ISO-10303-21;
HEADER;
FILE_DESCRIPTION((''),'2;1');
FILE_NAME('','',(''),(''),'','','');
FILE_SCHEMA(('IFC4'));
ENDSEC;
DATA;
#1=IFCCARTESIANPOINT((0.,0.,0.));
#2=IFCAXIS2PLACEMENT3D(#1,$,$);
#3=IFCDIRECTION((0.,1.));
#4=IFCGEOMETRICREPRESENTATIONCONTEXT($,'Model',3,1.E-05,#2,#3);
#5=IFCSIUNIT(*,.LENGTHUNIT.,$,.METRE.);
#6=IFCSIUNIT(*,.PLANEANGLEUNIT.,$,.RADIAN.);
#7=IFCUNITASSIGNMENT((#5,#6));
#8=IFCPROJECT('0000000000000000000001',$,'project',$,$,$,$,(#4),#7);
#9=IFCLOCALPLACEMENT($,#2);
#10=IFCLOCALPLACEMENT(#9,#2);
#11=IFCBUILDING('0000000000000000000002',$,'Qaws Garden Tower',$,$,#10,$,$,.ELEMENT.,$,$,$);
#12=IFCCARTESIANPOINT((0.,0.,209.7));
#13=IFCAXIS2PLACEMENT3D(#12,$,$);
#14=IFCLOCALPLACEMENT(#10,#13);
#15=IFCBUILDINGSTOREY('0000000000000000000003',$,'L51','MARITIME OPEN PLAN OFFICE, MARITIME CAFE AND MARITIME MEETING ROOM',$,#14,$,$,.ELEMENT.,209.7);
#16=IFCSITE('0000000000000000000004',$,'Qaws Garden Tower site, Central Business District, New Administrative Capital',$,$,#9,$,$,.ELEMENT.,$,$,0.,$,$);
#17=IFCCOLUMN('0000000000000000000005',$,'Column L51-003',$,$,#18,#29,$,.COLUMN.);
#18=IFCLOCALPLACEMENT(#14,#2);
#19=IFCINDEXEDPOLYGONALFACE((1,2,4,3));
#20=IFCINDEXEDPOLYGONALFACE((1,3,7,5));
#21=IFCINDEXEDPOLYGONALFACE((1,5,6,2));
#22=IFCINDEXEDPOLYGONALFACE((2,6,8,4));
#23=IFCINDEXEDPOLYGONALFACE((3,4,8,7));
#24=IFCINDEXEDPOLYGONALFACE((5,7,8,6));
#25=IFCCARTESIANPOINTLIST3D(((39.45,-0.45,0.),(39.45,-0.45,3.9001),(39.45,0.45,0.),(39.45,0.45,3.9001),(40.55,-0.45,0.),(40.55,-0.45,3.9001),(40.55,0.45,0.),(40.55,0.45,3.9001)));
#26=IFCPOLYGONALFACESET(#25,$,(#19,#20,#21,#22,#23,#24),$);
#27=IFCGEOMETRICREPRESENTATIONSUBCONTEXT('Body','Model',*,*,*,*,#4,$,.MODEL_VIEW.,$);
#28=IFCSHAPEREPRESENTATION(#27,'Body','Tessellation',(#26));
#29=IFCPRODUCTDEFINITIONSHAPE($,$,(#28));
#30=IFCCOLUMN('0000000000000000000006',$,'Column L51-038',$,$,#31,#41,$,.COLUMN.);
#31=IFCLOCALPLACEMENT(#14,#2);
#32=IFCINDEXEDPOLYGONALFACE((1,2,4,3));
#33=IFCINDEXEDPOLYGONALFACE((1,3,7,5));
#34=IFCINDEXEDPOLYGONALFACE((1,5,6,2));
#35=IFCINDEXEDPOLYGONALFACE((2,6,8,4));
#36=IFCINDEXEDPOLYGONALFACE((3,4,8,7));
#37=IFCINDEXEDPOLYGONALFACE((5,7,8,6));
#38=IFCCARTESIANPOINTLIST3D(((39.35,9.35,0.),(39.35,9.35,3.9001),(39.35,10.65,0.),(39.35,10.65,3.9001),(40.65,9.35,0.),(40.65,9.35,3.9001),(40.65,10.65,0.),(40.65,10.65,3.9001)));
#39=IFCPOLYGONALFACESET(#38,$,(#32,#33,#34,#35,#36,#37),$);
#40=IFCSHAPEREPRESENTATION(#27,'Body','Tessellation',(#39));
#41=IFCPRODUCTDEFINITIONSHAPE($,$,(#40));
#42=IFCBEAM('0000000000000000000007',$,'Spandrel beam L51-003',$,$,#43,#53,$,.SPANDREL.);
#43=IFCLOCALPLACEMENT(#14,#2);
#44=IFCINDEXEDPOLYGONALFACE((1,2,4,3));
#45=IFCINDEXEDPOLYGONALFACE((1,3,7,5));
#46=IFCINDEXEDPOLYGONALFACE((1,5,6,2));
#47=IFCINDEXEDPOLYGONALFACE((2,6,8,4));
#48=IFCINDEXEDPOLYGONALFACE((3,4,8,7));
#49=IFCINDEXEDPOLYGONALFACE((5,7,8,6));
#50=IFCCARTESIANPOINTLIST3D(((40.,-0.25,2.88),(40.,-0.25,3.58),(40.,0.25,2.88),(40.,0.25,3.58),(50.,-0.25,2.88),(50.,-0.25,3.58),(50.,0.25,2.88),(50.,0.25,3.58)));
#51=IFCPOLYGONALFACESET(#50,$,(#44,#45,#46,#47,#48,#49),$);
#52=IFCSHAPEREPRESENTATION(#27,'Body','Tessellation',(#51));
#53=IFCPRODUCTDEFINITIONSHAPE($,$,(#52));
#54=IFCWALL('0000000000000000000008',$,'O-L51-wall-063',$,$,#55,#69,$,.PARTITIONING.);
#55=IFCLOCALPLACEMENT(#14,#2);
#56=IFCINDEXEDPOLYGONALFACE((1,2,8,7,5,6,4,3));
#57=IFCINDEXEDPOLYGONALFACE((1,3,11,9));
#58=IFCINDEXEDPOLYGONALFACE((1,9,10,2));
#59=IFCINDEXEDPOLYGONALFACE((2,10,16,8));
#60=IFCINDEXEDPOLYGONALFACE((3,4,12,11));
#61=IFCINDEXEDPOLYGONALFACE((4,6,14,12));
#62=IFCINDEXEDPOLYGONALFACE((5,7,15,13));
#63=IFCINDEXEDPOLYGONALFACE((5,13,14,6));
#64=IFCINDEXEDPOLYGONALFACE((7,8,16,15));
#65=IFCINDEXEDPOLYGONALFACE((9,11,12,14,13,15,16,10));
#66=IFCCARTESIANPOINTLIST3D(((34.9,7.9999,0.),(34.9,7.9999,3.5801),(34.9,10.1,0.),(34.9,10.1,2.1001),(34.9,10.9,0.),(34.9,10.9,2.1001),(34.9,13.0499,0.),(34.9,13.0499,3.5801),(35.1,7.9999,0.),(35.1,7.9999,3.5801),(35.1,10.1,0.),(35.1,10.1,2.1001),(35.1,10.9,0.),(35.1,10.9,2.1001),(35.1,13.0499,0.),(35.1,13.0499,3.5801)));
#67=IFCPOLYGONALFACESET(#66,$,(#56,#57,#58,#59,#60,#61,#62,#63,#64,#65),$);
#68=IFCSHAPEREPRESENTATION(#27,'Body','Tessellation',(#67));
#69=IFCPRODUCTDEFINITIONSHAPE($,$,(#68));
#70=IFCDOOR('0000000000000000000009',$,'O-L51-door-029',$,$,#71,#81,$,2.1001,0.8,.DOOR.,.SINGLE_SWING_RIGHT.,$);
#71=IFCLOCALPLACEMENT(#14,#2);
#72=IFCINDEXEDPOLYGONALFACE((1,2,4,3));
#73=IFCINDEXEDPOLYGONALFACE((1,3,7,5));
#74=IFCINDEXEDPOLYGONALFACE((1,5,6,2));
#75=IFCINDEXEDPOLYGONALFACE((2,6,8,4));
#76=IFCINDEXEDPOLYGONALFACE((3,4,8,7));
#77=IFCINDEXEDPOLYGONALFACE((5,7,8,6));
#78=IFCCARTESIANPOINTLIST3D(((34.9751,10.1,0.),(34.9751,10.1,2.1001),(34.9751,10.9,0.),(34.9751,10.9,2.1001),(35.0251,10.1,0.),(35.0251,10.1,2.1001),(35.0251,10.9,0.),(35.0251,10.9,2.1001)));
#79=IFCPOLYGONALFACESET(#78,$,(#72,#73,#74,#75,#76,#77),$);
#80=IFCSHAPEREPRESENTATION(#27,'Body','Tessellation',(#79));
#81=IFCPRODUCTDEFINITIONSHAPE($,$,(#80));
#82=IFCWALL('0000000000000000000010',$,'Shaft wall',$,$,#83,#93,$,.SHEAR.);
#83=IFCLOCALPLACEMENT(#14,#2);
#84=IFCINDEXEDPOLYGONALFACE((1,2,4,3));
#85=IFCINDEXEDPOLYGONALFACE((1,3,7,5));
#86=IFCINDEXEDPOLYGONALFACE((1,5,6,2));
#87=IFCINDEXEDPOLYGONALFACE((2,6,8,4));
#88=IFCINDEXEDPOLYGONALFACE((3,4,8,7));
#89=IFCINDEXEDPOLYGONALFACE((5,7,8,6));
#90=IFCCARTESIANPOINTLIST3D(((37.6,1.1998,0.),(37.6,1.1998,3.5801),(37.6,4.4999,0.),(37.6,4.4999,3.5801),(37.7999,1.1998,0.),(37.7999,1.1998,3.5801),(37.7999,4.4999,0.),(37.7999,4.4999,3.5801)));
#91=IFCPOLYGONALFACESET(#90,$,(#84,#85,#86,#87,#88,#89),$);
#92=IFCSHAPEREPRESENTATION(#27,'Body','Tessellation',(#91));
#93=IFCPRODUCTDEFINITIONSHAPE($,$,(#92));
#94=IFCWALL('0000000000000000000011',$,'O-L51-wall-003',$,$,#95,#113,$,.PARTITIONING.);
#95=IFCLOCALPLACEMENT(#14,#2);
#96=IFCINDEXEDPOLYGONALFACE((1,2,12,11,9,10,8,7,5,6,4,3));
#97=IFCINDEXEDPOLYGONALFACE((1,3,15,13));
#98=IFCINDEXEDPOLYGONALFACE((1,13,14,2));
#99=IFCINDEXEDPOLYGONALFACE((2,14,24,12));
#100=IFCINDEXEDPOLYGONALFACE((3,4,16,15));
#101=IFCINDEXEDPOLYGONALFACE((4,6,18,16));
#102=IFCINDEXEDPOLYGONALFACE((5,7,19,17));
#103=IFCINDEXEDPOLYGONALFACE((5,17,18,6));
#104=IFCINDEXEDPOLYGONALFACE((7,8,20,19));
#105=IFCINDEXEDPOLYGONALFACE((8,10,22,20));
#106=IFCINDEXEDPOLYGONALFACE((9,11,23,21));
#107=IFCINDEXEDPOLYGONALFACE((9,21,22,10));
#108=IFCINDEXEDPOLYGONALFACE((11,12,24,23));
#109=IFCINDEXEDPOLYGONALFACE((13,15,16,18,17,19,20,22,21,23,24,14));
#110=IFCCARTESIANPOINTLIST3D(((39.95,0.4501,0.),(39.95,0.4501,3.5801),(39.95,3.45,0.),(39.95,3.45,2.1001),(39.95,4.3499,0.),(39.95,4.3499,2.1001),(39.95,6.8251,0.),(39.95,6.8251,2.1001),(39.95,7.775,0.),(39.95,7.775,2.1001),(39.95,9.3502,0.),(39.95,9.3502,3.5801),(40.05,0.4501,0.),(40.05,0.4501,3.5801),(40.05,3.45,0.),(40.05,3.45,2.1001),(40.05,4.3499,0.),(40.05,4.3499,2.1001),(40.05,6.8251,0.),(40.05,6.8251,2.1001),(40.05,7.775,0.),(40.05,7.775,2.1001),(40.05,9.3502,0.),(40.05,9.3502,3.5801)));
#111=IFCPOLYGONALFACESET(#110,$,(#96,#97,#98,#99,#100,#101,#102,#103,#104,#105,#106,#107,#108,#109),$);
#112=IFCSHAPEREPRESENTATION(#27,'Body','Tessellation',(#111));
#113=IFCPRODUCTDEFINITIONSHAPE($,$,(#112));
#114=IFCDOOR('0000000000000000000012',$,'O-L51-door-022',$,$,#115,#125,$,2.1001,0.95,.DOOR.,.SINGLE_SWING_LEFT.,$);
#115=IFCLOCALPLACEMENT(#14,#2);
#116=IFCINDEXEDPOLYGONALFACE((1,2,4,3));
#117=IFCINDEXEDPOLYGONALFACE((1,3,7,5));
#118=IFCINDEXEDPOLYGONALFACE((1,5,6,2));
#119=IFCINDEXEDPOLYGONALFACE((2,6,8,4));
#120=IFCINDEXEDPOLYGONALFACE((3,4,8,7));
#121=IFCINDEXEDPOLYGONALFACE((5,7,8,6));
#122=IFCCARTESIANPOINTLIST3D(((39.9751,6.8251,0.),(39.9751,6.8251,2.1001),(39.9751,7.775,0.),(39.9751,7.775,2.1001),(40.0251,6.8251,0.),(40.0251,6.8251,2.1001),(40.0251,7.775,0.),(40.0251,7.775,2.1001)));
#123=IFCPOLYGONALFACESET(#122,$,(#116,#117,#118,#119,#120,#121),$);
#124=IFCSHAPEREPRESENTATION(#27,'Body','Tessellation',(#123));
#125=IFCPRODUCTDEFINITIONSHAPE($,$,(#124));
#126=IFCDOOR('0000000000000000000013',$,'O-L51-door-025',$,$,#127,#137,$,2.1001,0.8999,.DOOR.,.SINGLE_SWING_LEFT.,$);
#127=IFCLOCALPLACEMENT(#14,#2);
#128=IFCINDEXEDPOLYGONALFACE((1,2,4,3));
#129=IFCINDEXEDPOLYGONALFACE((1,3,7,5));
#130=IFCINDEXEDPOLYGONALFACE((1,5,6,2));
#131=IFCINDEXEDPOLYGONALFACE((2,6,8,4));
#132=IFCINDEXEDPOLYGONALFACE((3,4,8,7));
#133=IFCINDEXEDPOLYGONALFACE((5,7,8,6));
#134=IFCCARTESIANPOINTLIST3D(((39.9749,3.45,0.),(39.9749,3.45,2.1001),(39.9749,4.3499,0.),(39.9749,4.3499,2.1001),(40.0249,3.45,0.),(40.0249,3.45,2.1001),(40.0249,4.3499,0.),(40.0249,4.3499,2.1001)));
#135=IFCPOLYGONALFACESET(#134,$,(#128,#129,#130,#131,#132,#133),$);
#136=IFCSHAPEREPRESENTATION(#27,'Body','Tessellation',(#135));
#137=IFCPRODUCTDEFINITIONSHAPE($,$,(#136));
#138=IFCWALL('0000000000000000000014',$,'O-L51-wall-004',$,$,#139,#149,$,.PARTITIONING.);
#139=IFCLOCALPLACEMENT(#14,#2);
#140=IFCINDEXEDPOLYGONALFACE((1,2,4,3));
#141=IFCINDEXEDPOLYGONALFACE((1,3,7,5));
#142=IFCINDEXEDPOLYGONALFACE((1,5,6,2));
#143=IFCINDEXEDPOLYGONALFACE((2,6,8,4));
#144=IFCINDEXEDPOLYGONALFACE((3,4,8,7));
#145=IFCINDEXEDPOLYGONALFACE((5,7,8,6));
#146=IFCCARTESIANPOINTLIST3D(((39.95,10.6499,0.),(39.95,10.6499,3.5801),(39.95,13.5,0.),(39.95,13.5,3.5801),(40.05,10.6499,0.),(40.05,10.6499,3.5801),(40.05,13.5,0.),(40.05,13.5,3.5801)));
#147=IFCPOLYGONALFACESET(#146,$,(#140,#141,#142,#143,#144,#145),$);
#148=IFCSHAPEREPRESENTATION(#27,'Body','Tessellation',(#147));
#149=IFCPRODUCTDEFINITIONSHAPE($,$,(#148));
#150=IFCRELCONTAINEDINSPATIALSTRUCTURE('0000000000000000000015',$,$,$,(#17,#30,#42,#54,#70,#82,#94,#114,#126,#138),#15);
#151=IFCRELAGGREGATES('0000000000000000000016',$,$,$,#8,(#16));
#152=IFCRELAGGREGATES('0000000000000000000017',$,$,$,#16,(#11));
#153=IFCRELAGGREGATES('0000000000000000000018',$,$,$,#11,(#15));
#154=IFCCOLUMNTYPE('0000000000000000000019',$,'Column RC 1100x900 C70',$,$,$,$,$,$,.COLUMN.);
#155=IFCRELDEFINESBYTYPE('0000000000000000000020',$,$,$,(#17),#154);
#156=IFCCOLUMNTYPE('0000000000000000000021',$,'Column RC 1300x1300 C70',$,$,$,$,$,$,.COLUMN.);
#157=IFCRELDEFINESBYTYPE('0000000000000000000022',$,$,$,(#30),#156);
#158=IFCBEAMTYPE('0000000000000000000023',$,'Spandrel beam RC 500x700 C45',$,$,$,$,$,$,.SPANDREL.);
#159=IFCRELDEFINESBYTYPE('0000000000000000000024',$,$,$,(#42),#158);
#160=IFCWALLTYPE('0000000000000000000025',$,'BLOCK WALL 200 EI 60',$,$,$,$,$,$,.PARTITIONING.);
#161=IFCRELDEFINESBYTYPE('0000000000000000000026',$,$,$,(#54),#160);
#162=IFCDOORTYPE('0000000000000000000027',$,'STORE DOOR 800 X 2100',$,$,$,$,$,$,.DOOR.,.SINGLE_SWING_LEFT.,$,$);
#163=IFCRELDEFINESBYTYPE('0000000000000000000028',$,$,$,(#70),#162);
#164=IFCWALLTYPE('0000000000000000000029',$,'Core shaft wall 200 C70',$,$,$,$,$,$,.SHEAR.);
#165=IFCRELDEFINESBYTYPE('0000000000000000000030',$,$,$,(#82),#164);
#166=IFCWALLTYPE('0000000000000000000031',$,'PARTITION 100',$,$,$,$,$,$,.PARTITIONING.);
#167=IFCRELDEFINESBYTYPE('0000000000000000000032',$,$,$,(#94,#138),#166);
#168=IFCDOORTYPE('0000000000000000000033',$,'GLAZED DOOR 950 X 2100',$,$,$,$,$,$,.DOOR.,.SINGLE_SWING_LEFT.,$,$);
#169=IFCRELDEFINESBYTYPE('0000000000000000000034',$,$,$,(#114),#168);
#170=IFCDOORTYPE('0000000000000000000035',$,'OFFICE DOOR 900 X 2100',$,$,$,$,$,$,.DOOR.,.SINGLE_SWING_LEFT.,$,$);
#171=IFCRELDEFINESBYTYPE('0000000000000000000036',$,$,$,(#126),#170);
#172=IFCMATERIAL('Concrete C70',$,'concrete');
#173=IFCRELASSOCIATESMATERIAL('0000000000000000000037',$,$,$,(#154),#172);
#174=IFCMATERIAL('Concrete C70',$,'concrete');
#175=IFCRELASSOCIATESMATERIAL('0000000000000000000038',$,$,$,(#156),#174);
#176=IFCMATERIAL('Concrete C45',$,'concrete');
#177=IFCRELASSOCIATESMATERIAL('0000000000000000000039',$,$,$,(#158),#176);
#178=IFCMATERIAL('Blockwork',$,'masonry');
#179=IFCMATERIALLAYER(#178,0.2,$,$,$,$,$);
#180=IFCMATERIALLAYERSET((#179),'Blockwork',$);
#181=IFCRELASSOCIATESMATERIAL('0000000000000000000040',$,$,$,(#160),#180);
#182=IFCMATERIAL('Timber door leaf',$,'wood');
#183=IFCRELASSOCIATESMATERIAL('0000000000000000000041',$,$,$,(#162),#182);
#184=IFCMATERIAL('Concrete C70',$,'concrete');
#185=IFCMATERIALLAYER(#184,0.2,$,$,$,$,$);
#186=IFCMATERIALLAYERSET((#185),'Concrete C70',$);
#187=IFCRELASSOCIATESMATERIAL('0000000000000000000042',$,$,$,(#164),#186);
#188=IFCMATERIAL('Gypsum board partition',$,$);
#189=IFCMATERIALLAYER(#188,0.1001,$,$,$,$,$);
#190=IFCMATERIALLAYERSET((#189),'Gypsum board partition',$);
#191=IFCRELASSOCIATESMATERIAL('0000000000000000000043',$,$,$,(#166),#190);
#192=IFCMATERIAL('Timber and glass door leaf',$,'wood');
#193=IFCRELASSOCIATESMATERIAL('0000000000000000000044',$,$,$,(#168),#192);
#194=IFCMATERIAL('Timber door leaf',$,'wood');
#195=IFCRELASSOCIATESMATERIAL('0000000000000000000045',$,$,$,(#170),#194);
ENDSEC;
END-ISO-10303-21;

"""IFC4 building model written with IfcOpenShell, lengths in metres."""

from ifc_helpers import new_model, si_unit, direction, frame, frame_2d, origin, origin_2d, place, context, subcontext, project, spatial, rectangle, extrude, material, layer, layer_set, material_profile, profile_set, type_object, element, fill, save


model = new_model("IFC4")

# Units and contexts
model_context = context("Model", 3, precision=1e-05, world=origin(), true_north=direction((0.0, 1.0)))
body_context = subcontext(model_context, "Body", "Model", "MODEL_VIEW")
ifc_project = project(units=[si_unit("LENGTHUNIT", "METRE"), si_unit("PLANEANGLEUNIT", "RADIAN")], contexts=[model_context])

# Site, building, storey
site_placement = place(None, origin())
site = spatial("IfcSite", under=ifc_project, at=site_placement, Name="Qaws Garden Tower site, Central Business District, New Administrative Capital", CompositionType="ELEMENT", RefElevation=0.0)
building_placement = place(site_placement, origin())
building = spatial("IfcBuilding", under=site, at=building_placement, Name="Qaws Garden Tower", CompositionType="ELEMENT")
storey_placement = place(building_placement, frame((0.0, 0.0, 209.7)))
storey = spatial("IfcBuildingStorey", under=building, at=storey_placement, Name="L51", Description="MARITIME OPEN PLAN OFFICE, MARITIME CAFE AND MARITIME MEETING ROOM", CompositionType="ELEMENT", Elevation=209.7)

# Columns
ifc_material_1 = material(Name="Concrete C70", Category="concrete")
ifc_material_profile_1 = material_profile(ifc_material_1, rectangle(XDim=1.1001, YDim=0.8999, at=origin_2d()), Name="RC 1100x900")
ifc_profile_set_1 = profile_set([ifc_material_profile_1], Name="Concrete C70")
column_type_1 = type_object("IfcColumnType", Name="Column RC 1100x900 C70", PredefinedType="COLUMN", material=ifc_profile_set_1)
column_1_placement = place(storey_placement, frame((40.0, 0.0, 0.0), z_axis=(0.0, 0.0, 1.0), x_axis=(1.0, 0.0, 0.0)))
element("IfcColumn", 1, at=column_1_placement, inside=storey, type_object=column_type_1, Name="Column L51-003", PredefinedType="COLUMN", context=body_context, shape_type="SweptSolid", body=[
    extrude(rectangle(XDim=1.1001, YDim=0.8999, at=origin_2d()), origin(), (0.0, 0.0, 1.0), 3.9001),
])
ifc_material_2 = material(Name="Concrete C70", Category="concrete")
ifc_material_profile_2 = material_profile(ifc_material_2, rectangle(XDim=1.3, YDim=1.3, at=origin_2d()), Name="RC 1300x1300")
ifc_profile_set_2 = profile_set([ifc_material_profile_2], Name="Concrete C70")
column_type_2 = type_object("IfcColumnType", Name="Column RC 1300x1300 C70", PredefinedType="COLUMN", material=ifc_profile_set_2)
column_2_placement = place(storey_placement, frame((40.0, 10.0, 0.0), z_axis=(0.0, 0.0, 1.0), x_axis=(1.0, 0.0, 0.0)))
element("IfcColumn", 2, at=column_2_placement, inside=storey, type_object=column_type_2, Name="Column L51-038", PredefinedType="COLUMN", context=body_context, shape_type="SweptSolid", body=[
    extrude(rectangle(XDim=1.3, YDim=1.3, at=origin_2d()), origin(), (0.0, 0.0, 1.0), 3.9001),
])

# Beam
ifc_material_3 = material(Name="Concrete C45", Category="concrete")
ifc_material_profile_3 = material_profile(ifc_material_3, rectangle(XDim=0.5, YDim=0.7, at=origin_2d()), Name="RC 500x700")
ifc_profile_set_3 = profile_set([ifc_material_profile_3], Name="Concrete C45")
beam_type = type_object("IfcBeamType", Name="Spandrel beam RC 500x700 C45", PredefinedType="SPANDREL", material=ifc_profile_set_3)
beam_placement = place(storey_placement, frame((40.0, 0.0, 3.23), z_axis=(1.0, 0.0, 0.0), x_axis=(0.0, 1.0, 0.0)))
element("IfcBeam", 3, at=beam_placement, inside=storey, type_object=beam_type, Name="Spandrel beam L51-003", PredefinedType="SPANDREL", context=body_context, shape_type="SweptSolid", body=[
    extrude(rectangle(XDim=0.5, YDim=0.7, at=origin_2d()), origin(), (0.0, 0.0, 1.0), 10.0),
])

# Wall, opening, door
ifc_material_4 = material(Name="Blockwork", Category="masonry")
ifc_layer_1 = layer(ifc_material_4, 0.2)
ifc_layer_set_1 = layer_set([ifc_layer_1], Name="Blockwork")
wall_type_1 = type_object("IfcWallType", Name="BLOCK WALL 200 EI 60", PredefinedType="PARTITIONING", material=ifc_layer_set_1)
wall_1_placement = place(storey_placement, frame((35.0, 8.0, 0.0), z_axis=(0.0, 0.0, 1.0), x_axis=(0.0, 1.0, 0.0)))
wall_1 = element("IfcWall", 4, at=wall_1_placement, inside=storey, type_object=wall_type_1, Name="O-L51-wall-063", PredefinedType="PARTITIONING", context=body_context, shape_type="SweptSolid", body=[
    extrude(rectangle(XDim=5.05, YDim=0.2, at=frame_2d((2.5249, 0.0))), origin(), (0.0, 0.0, 1.0), 3.5801),
])
opening_1_placement = place(wall_1_placement, frame((2.1001, 0.0, 0.0)))
opening_1 = element("IfcOpeningElement", 5, at=opening_1_placement, cuts=wall_1, PredefinedType="OPENING", context=body_context, shape_type="SweptSolid", body=[
    extrude(rectangle(XDim=0.8, YDim=2.1001, at=frame_2d((0.3999, 1.05))), frame((0.0, 0.1099, 0.0), z_axis=(0.0, -1.0, 0.0), x_axis=(1.0, 0.0, 0.0)), (0.0, 0.0, 1.0), 0.22),
])
ifc_material_5 = material(Name="Timber door leaf", Category="wood")
door_type_1 = type_object("IfcDoorType", Name="STORE DOOR 800 X 2100", OperationType="SINGLE_SWING_LEFT", PredefinedType="DOOR", material=ifc_material_5)
door_1_placement = place(opening_1_placement, origin())
door_1 = element("IfcDoor", 6, at=door_1_placement, inside=storey, type_object=door_type_1, Name="O-L51-door-029", OperationType="SINGLE_SWING_RIGHT", OverallHeight=2.1001, OverallWidth=0.8, PredefinedType="DOOR", context=body_context, shape_type="SweptSolid", body=[
    extrude(rectangle(XDim=0.8, YDim=2.1001, at=frame_2d((0.3999, 1.05))), frame((0.0, 0.0249, 0.0), z_axis=(0.0, -1.0, 0.0), x_axis=(1.0, 0.0, 0.0)), (0.0, 0.0, 1.0), 0.05),
])
fill(opening_1, door_1)

# Wall
ifc_material_6 = material(Name="Concrete C70", Category="concrete")
ifc_layer_2 = layer(ifc_material_6, 0.2)
ifc_layer_set_2 = layer_set([ifc_layer_2], Name="Concrete C70")
wall_type_2 = type_object("IfcWallType", Name="Core shaft wall 200 C70", PredefinedType="SHEAR", material=ifc_layer_set_2)
wall_2_placement = place(storey_placement, frame((37.7, 1.2, 0.0), z_axis=(0.0, 0.0, 1.0), x_axis=(0.0, 1.0, 0.0)))
element("IfcWall", 7, at=wall_2_placement, inside=storey, type_object=wall_type_2, Name="Shaft wall", PredefinedType="SHEAR", context=body_context, shape_type="SweptSolid", body=[
    extrude(rectangle(XDim=3.3, YDim=0.2, at=frame_2d((1.6499, 0.0))), origin(), (0.0, 0.0, 1.0), 3.5801),
])

# Wall, openings, doors
ifc_material_7 = material(Name="Gypsum board partition")
ifc_layer_3 = layer(ifc_material_7, 0.1001)
ifc_layer_set_3 = layer_set([ifc_layer_3], Name="Gypsum board partition")
wall_type_3 = type_object("IfcWallType", Name="PARTITION 100", PredefinedType="PARTITIONING", material=ifc_layer_set_3)
wall_3_placement = place(storey_placement, frame((40.0, 0.45, 0.0), z_axis=(0.0, 0.0, 1.0), x_axis=(0.0, 1.0, 0.0)))
wall_3 = element("IfcWall", 8, at=wall_3_placement, inside=storey, type_object=wall_type_3, Name="O-L51-wall-003", PredefinedType="PARTITIONING", context=body_context, shape_type="SweptSolid", body=[
    extrude(rectangle(XDim=8.9001, YDim=0.1001, at=frame_2d((4.4502, 0.0))), origin(), (0.0, 0.0, 1.0), 3.5801),
])
opening_2_placement = place(wall_3_placement, frame((6.375, 0.0, 0.0)))
opening_2 = element("IfcOpeningElement", 9, at=opening_2_placement, cuts=wall_3, PredefinedType="OPENING", context=body_context, shape_type="SweptSolid", body=[
    extrude(rectangle(XDim=0.95, YDim=2.1001, at=frame_2d((0.4751, 1.05))), frame((0.0, 0.0601, 0.0), z_axis=(0.0, -1.0, 0.0), x_axis=(1.0, 0.0, 0.0)), (0.0, 0.0, 1.0), 0.1201),
])
opening_3_placement = place(wall_3_placement, frame((3.0, 0.0, 0.0)))
opening_3 = element("IfcOpeningElement", 10, at=opening_3_placement, cuts=wall_3, PredefinedType="OPENING", context=body_context, shape_type="SweptSolid", body=[
    extrude(rectangle(XDim=0.8999, YDim=2.1001, at=frame_2d((0.45, 1.05))), frame((0.0, 0.0601, 0.0), z_axis=(0.0, -1.0, 0.0), x_axis=(1.0, 0.0, 0.0)), (0.0, 0.0, 1.0), 0.1201),
])
ifc_material_8 = material(Name="Timber and glass door leaf", Category="wood")
door_type_2 = type_object("IfcDoorType", Name="GLAZED DOOR 950 X 2100", OperationType="SINGLE_SWING_LEFT", PredefinedType="DOOR", material=ifc_material_8)
door_2_placement = place(opening_2_placement, origin())
door_2 = element("IfcDoor", 11, at=door_2_placement, inside=storey, type_object=door_type_2, Name="O-L51-door-022", OperationType="SINGLE_SWING_LEFT", OverallHeight=2.1001, OverallWidth=0.95, PredefinedType="DOOR", context=body_context, shape_type="SweptSolid", body=[
    extrude(rectangle(XDim=0.95, YDim=2.1001, at=frame_2d((0.4751, 1.05))), frame((0.0, 0.0249, 0.0), z_axis=(0.0, -1.0, 0.0), x_axis=(1.0, 0.0, 0.0)), (0.0, 0.0, 1.0), 0.05),
])
fill(opening_2, door_2)
ifc_material_9 = material(Name="Timber door leaf", Category="wood")
door_type_3 = type_object("IfcDoorType", Name="OFFICE DOOR 900 X 2100", OperationType="SINGLE_SWING_LEFT", PredefinedType="DOOR", material=ifc_material_9)
door_3_placement = place(opening_3_placement, frame((0.8999, 0.0, 0.0), z_axis=(0.0, 0.0, 1.0), x_axis=(-1.0, 0.0, 0.0)))
door_3 = element("IfcDoor", 12, at=door_3_placement, inside=storey, type_object=door_type_3, Name="O-L51-door-025", OperationType="SINGLE_SWING_LEFT", OverallHeight=2.1001, OverallWidth=0.8999, PredefinedType="DOOR", context=body_context, shape_type="SweptSolid", body=[
    extrude(rectangle(XDim=0.8999, YDim=2.1001, at=frame_2d((0.45, 1.05))), frame((0.0, 0.0249, 0.0), z_axis=(0.0, -1.0, 0.0), x_axis=(1.0, 0.0, 0.0)), (0.0, 0.0, 1.0), 0.05),
])
fill(opening_3, door_3)

# Wall
wall_4_placement = place(storey_placement, frame((40.0, 10.6499, 0.0), z_axis=(0.0, 0.0, 1.0), x_axis=(0.0, 1.0, 0.0)))
element("IfcWall", 13, at=wall_4_placement, inside=storey, type_object=wall_type_3, Name="O-L51-wall-004", PredefinedType="PARTITIONING", context=body_context, shape_type="SweptSolid", body=[
    extrude(rectangle(XDim=2.8501, YDim=0.1001, at=frame_2d((1.425, 0.0))), origin(), (0.0, 0.0, 1.0), 3.5801),
])

save(model, "model.ifc")
